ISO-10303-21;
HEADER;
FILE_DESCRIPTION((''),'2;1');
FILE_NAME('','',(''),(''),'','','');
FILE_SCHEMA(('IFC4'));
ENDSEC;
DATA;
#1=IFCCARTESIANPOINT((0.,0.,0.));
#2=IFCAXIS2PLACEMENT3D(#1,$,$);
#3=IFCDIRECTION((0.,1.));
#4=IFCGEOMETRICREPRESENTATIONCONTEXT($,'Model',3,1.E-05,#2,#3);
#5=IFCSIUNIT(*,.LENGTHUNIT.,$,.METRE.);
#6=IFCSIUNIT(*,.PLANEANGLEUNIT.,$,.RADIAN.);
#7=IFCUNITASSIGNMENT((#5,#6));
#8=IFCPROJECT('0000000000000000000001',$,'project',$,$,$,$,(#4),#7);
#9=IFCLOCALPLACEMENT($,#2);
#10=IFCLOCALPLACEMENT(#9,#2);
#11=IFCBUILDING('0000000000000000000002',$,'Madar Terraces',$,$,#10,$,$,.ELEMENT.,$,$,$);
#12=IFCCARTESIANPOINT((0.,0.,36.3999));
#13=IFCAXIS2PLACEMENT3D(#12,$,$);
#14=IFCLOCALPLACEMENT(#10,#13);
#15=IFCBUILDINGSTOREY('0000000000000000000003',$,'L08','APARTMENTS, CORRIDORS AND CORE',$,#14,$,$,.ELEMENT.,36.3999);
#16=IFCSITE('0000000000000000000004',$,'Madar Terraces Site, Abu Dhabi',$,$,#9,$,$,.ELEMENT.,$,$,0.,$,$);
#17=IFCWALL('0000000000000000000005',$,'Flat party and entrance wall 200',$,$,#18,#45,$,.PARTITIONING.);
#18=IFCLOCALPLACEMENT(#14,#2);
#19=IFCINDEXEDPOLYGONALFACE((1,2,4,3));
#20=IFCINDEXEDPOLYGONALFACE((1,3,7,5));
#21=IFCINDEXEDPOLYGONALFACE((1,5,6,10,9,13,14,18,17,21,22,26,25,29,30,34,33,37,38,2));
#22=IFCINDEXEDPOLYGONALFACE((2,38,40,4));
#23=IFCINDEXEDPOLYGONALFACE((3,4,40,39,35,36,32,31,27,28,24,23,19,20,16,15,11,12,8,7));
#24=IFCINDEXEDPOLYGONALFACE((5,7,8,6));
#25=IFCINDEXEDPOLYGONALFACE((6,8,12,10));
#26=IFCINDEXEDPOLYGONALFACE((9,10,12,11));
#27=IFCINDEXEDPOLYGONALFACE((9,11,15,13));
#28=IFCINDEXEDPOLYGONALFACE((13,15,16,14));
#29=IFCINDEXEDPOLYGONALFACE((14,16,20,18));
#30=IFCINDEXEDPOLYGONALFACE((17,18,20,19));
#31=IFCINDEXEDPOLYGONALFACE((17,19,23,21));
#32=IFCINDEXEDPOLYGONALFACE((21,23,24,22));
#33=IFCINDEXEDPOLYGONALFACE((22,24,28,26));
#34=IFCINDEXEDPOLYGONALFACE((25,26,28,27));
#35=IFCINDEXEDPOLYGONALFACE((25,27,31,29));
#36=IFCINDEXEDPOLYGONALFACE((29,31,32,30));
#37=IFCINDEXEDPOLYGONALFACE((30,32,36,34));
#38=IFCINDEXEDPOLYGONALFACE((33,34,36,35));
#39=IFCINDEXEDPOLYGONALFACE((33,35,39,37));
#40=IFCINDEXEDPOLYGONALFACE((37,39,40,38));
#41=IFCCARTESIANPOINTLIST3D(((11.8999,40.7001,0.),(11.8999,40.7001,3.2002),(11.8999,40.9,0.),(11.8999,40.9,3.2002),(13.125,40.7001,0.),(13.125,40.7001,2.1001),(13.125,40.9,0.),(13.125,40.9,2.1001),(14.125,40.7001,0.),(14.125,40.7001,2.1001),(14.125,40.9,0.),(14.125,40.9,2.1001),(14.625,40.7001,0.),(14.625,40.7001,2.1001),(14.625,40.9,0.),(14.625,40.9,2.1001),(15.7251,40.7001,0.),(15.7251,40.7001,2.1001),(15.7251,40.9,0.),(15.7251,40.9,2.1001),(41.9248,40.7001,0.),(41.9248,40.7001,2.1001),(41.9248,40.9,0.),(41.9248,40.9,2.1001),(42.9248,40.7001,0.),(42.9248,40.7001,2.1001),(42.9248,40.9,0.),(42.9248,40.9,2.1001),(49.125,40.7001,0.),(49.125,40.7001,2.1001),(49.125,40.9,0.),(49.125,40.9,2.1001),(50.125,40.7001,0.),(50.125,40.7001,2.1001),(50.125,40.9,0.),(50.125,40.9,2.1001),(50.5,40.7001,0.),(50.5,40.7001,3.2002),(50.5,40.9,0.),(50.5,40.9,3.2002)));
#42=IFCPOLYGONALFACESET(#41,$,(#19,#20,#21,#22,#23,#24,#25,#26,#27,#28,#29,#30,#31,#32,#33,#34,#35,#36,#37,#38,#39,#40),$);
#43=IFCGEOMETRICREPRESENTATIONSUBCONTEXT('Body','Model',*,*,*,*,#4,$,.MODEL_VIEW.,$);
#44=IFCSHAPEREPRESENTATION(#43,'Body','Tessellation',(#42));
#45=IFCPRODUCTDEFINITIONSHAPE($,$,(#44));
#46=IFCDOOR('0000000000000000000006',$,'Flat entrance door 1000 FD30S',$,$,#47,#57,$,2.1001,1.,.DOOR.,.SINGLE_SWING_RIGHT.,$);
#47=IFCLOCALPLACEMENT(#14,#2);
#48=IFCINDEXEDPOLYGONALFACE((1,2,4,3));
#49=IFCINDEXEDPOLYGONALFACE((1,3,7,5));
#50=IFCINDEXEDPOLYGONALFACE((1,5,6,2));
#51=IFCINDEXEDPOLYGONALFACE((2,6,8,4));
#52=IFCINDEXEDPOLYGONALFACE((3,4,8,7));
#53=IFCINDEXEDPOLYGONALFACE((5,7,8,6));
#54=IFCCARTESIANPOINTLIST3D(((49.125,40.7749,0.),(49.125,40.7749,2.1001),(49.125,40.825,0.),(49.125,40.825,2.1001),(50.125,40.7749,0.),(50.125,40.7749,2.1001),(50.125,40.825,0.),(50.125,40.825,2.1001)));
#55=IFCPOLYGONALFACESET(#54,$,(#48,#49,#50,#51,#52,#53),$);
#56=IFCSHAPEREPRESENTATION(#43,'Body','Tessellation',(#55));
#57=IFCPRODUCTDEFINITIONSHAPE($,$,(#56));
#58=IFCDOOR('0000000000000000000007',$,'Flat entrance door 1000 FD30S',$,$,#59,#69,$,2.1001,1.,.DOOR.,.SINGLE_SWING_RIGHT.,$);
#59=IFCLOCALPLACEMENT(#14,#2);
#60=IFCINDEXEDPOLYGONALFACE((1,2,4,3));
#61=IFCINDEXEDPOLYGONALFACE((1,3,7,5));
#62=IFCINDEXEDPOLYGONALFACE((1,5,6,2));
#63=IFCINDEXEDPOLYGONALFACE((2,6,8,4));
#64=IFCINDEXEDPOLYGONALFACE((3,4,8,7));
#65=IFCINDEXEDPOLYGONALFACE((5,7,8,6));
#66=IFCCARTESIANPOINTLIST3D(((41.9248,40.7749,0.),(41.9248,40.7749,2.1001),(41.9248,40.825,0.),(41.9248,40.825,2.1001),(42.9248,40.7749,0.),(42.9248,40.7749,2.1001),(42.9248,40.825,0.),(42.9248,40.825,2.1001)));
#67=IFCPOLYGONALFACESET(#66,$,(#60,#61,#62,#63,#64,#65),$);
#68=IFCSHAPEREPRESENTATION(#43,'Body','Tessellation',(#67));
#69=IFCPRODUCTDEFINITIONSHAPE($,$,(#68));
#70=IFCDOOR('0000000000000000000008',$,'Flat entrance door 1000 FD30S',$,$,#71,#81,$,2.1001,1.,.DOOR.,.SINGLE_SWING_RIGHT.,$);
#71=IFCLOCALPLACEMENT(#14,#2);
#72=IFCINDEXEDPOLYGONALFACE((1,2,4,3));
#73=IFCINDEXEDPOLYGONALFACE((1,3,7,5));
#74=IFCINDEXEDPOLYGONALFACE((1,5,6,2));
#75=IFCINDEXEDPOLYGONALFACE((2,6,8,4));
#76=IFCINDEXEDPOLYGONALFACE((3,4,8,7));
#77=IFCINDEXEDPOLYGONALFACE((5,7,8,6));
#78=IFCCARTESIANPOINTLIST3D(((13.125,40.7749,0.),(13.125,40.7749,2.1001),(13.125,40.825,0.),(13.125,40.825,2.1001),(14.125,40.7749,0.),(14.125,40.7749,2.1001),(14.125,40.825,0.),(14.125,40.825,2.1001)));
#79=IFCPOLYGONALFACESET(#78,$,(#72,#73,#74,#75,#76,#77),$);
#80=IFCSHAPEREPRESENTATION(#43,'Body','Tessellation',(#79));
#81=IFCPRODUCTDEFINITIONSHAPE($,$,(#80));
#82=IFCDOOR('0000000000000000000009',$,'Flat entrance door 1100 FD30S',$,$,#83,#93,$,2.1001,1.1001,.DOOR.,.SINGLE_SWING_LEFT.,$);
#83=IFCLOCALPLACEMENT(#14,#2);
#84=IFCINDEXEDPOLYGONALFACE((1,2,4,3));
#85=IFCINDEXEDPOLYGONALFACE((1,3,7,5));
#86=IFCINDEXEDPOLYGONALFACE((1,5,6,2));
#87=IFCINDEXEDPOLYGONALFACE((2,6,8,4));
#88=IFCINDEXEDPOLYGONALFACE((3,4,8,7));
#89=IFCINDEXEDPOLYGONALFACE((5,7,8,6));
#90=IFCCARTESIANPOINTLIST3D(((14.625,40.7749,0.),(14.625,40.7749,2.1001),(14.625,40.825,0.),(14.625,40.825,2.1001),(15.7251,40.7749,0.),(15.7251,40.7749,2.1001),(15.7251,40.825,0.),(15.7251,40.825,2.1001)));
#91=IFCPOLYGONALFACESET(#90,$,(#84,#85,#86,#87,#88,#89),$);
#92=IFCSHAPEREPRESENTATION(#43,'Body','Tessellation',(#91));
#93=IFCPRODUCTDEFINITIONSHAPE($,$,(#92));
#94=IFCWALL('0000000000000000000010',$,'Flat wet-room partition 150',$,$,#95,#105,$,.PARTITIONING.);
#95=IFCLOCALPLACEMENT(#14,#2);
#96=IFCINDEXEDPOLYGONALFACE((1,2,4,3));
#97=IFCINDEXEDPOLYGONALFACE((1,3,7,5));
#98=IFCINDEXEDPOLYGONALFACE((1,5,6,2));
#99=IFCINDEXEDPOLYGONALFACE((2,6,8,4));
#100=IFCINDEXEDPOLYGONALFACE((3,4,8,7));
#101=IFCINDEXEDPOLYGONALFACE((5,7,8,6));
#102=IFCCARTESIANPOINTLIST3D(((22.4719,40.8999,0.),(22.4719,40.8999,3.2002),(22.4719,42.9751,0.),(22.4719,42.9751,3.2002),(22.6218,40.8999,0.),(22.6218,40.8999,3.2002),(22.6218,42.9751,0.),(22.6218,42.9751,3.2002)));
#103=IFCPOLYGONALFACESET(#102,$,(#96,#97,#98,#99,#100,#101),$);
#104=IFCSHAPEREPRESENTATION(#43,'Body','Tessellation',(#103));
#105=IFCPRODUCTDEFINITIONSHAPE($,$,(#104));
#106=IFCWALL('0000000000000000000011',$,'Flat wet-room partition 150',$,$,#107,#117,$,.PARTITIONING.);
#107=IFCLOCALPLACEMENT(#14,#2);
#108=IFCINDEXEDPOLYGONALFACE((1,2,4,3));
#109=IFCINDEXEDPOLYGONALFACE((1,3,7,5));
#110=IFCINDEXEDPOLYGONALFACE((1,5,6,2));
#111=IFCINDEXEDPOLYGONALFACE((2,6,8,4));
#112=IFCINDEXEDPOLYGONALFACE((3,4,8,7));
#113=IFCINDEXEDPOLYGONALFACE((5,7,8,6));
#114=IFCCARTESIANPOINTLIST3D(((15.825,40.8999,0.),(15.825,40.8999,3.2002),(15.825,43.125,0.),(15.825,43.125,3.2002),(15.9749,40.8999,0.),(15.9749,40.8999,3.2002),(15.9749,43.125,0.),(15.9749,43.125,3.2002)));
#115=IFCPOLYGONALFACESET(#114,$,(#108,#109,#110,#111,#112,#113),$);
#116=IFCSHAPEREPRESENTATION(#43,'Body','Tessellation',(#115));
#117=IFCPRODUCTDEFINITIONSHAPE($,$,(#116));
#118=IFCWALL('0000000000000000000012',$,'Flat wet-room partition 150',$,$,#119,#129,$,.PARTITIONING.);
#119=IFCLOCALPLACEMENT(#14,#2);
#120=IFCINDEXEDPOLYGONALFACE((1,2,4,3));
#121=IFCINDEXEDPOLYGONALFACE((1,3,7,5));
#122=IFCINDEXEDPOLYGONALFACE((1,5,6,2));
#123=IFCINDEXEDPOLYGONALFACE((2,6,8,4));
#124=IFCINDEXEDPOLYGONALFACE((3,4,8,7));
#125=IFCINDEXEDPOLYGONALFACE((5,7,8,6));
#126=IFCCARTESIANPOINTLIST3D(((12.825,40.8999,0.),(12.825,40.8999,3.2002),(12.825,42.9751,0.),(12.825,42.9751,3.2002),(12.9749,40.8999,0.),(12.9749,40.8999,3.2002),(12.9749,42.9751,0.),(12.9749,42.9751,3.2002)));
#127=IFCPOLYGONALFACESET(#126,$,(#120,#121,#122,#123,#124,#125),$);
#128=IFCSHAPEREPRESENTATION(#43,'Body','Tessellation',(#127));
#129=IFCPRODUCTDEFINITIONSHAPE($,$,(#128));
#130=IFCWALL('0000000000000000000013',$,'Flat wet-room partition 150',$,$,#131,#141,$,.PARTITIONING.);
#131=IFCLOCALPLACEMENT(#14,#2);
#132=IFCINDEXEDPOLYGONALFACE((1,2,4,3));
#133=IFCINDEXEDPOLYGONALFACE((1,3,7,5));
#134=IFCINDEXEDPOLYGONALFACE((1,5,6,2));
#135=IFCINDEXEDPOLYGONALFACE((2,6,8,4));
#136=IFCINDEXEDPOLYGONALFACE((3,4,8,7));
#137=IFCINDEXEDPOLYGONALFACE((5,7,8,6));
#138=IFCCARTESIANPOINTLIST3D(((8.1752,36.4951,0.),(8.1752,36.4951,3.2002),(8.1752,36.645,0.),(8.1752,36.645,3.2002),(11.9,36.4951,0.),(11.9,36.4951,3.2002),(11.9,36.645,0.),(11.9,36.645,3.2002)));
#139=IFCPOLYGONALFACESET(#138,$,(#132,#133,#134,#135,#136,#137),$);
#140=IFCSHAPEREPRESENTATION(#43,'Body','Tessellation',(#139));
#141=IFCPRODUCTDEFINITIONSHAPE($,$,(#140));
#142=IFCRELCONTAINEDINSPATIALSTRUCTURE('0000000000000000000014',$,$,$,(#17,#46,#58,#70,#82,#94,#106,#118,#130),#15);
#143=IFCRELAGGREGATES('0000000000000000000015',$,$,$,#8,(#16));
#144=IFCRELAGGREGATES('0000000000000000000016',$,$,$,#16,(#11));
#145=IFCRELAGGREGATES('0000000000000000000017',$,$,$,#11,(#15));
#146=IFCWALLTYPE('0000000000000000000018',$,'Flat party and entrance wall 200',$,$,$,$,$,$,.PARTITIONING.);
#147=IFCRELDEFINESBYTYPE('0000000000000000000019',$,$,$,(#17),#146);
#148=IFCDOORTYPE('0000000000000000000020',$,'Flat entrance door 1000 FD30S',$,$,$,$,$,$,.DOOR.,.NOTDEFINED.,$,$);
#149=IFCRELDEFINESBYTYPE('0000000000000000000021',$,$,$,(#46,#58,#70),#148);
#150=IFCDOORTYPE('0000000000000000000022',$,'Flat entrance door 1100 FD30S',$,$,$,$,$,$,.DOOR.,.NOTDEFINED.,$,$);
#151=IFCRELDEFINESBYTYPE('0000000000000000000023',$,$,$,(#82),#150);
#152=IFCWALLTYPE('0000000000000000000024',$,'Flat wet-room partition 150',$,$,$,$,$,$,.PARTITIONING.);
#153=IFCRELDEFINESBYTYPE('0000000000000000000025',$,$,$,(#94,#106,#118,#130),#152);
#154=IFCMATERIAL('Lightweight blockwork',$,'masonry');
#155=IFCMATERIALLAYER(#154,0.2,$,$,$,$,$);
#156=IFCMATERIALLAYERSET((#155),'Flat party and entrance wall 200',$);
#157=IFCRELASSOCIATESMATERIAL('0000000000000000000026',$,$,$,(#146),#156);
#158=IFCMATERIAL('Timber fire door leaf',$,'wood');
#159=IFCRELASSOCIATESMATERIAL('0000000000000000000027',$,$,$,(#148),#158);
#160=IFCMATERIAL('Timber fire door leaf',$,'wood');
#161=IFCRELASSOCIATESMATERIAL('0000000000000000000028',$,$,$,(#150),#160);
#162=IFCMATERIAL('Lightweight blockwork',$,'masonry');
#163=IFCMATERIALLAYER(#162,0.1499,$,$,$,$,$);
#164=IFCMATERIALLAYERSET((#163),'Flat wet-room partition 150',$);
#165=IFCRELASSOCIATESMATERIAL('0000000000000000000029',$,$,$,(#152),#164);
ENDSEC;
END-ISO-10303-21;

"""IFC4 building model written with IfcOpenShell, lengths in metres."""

from ifc_helpers import new_model, si_unit, direction, frame, frame_2d, origin, place, context, subcontext, project, spatial, rectangle, extrude, material, layer, layer_set, type_object, element, fill, save


model = new_model("IFC4")

# Units and contexts
model_context = context("Model", 3, precision=1e-05, world=origin(), true_north=direction((0.0, 1.0)))
body_context = subcontext(model_context, "Body", "Model", "MODEL_VIEW")
ifc_project = project(units=[si_unit("LENGTHUNIT", "METRE"), si_unit("PLANEANGLEUNIT", "RADIAN")], contexts=[model_context])

# Site, building, storey
site_placement = place(None, origin())
site = spatial("IfcSite", under=ifc_project, at=site_placement, Name="Madar Terraces Site, Abu Dhabi", CompositionType="ELEMENT", RefElevation=0.0)
building_placement = place(site_placement, origin())
building = spatial("IfcBuilding", under=site, at=building_placement, Name="Madar Terraces", CompositionType="ELEMENT")
storey_placement = place(building_placement, frame((0.0, 0.0, 36.3999)))
storey = spatial("IfcBuildingStorey", under=building, at=storey_placement, Name="L08", Description="APARTMENTS, CORRIDORS AND CORE", CompositionType="ELEMENT", Elevation=36.3999)

# Wall, openings, doors
ifc_material_1 = material(Name="Lightweight blockwork", Category="masonry")
ifc_layer_1 = layer(ifc_material_1, 0.2)
ifc_layer_set_1 = layer_set([ifc_layer_1], Name="Flat party and entrance wall 200")
wall_type_1 = type_object("IfcWallType", Name="Flat party and entrance wall 200", PredefinedType="PARTITIONING", material=ifc_layer_set_1)
wall_1_placement = place(storey_placement, frame((11.8999, 40.8, 0.0), z_axis=(0.0, 0.0, 1.0), x_axis=(1.0, 0.0, 0.0)))
wall_1 = element("IfcWall", 1, at=wall_1_placement, inside=storey, type_object=wall_type_1, Name="Flat party and entrance wall 200", PredefinedType="PARTITIONING", context=body_context, shape_type="SweptSolid", body=[
    extrude(rectangle(XDim=38.6001, YDim=0.2, at=frame_2d((19.3, 0.0))), origin(), (0.0, 0.0, 1.0), 3.2002),
])
opening_1_placement = place(wall_1_placement, frame((37.2251, 0.0, 0.0)))
opening_1 = element("IfcOpeningElement", 2, at=opening_1_placement, cuts=wall_1, PredefinedType="OPENING", context=body_context, shape_type="SweptSolid", body=[
    extrude(rectangle(XDim=1.0, YDim=2.1001, at=frame_2d((0.5, 1.05))), frame((0.0, 0.1099, 0.0), z_axis=(0.0, -1.0, 0.0), x_axis=(1.0, 0.0, 0.0)), (0.0, 0.0, 1.0), 0.22),
])
opening_2_placement = place(wall_1_placement, frame((30.0249, 0.0, 0.0)))
opening_2 = element("IfcOpeningElement", 3, at=opening_2_placement, cuts=wall_1, PredefinedType="OPENING", context=body_context, shape_type="SweptSolid", body=[
    extrude(rectangle(XDim=1.0, YDim=2.1001, at=frame_2d((0.5, 1.05))), frame((0.0, 0.1099, 0.0), z_axis=(0.0, -1.0, 0.0), x_axis=(1.0, 0.0, 0.0)), (0.0, 0.0, 1.0), 0.22),
])
opening_3_placement = place(wall_1_placement, frame((2.7251, 0.0, 0.0)))
opening_3 = element("IfcOpeningElement", 4, at=opening_3_placement, cuts=wall_1, PredefinedType="OPENING", context=body_context, shape_type="SweptSolid", body=[
    extrude(rectangle(XDim=1.1001, YDim=2.1001, at=frame_2d((0.55, 1.05))), frame((0.0, 0.1099, 0.0), z_axis=(0.0, -1.0, 0.0), x_axis=(1.0, 0.0, 0.0)), (0.0, 0.0, 1.0), 0.22),
])
opening_4_placement = place(wall_1_placement, frame((1.2251, 0.0, 0.0)))
opening_4 = element("IfcOpeningElement", 5, at=opening_4_placement, cuts=wall_1, PredefinedType="OPENING", context=body_context, shape_type="SweptSolid", body=[
    extrude(rectangle(XDim=1.0, YDim=2.1001, at=frame_2d((0.5, 1.05))), frame((0.0, 0.1099, 0.0), z_axis=(0.0, -1.0, 0.0), x_axis=(1.0, 0.0, 0.0)), (0.0, 0.0, 1.0), 0.22),
])
ifc_material_2 = material(Name="Timber fire door leaf", Category="wood")
door_type_1 = type_object("IfcDoorType", Name="Flat entrance door 1000 FD30S", OperationType="NOTDEFINED", PredefinedType="DOOR", material=ifc_material_2)
door_1_placement = place(opening_1_placement, origin())
door_1 = element("IfcDoor", 6, at=door_1_placement, inside=storey, type_object=door_type_1, Name="Flat entrance door 1000 FD30S", OperationType="SINGLE_SWING_RIGHT", OverallHeight=2.1001, OverallWidth=1.0, PredefinedType="DOOR", context=body_context, shape_type="SweptSolid", body=[
    extrude(rectangle(XDim=1.0, YDim=2.1001, at=frame_2d((0.5, 1.05))), frame((0.0, 0.0249, 0.0), z_axis=(0.0, -1.0, 0.0), x_axis=(1.0, 0.0, 0.0)), (0.0, 0.0, 1.0), 0.05),
])
fill(opening_1, door_1)
door_2_placement = place(opening_2_placement, origin())
door_2 = element("IfcDoor", 7, at=door_2_placement, inside=storey, type_object=door_type_1, Name="Flat entrance door 1000 FD30S", OperationType="SINGLE_SWING_RIGHT", OverallHeight=2.1001, OverallWidth=1.0, PredefinedType="DOOR", context=body_context, shape_type="SweptSolid", body=[
    extrude(rectangle(XDim=1.0, YDim=2.1001, at=frame_2d((0.5, 1.05))), frame((0.0, 0.0249, 0.0), z_axis=(0.0, -1.0, 0.0), x_axis=(1.0, 0.0, 0.0)), (0.0, 0.0, 1.0), 0.05),
])
fill(opening_2, door_2)
door_3_placement = place(opening_4_placement, origin())
door_3 = element("IfcDoor", 8, at=door_3_placement, inside=storey, type_object=door_type_1, Name="Flat entrance door 1000 FD30S", OperationType="SINGLE_SWING_RIGHT", OverallHeight=2.1001, OverallWidth=1.0, PredefinedType="DOOR", context=body_context, shape_type="SweptSolid", body=[
    extrude(rectangle(XDim=1.0, YDim=2.1001, at=frame_2d((0.5, 1.05))), frame((0.0, 0.0249, 0.0), z_axis=(0.0, -1.0, 0.0), x_axis=(1.0, 0.0, 0.0)), (0.0, 0.0, 1.0), 0.05),
])
fill(opening_4, door_3)
ifc_material_3 = material(Name="Timber fire door leaf", Category="wood")
door_type_2 = type_object("IfcDoorType", Name="Flat entrance door 1100 FD30S", OperationType="NOTDEFINED", PredefinedType="DOOR", material=ifc_material_3)
door_4_placement = place(opening_3_placement, origin())
door_4 = element("IfcDoor", 9, at=door_4_placement, inside=storey, type_object=door_type_2, Name="Flat entrance door 1100 FD30S", OperationType="SINGLE_SWING_LEFT", OverallHeight=2.1001, OverallWidth=1.1001, PredefinedType="DOOR", context=body_context, shape_type="SweptSolid", body=[
    extrude(rectangle(XDim=1.1001, YDim=2.1001, at=frame_2d((0.55, 1.05))), frame((0.0, 0.0249, 0.0), z_axis=(0.0, -1.0, 0.0), x_axis=(1.0, 0.0, 0.0)), (0.0, 0.0, 1.0), 0.05),
])
fill(opening_3, door_4)

# Walls
ifc_material_4 = material(Name="Lightweight blockwork", Category="masonry")
ifc_layer_2 = layer(ifc_material_4, 0.1499)
ifc_layer_set_2 = layer_set([ifc_layer_2], Name="Flat wet-room partition 150")
wall_type_2 = type_object("IfcWallType", Name="Flat wet-room partition 150", PredefinedType="PARTITIONING", material=ifc_layer_set_2)
wall_2_placement = place(storey_placement, frame((22.5469, 40.8999, 0.0), z_axis=(0.0, 0.0, 1.0), x_axis=(0.0, 1.0, 0.0)))
element("IfcWall", 10, at=wall_2_placement, inside=storey, type_object=wall_type_2, Name="Flat wet-room partition 150", PredefinedType="PARTITIONING", context=body_context, shape_type="SweptSolid", body=[
    extrude(rectangle(XDim=2.0752, YDim=0.1499, at=frame_2d((1.0376, 0.0))), origin(), (0.0, 0.0, 1.0), 3.2002),
])
wall_3_placement = place(storey_placement, frame((15.8999, 40.8999, 0.0), z_axis=(0.0, 0.0, 1.0), x_axis=(0.0, 1.0, 0.0)))
element("IfcWall", 11, at=wall_3_placement, inside=storey, type_object=wall_type_2, Name="Flat wet-room partition 150", PredefinedType="PARTITIONING", context=body_context, shape_type="SweptSolid", body=[
    extrude(rectangle(XDim=2.2251, YDim=0.1499, at=frame_2d((1.1125, 0.0))), origin(), (0.0, 0.0, 1.0), 3.2002),
])
wall_4_placement = place(storey_placement, frame((12.8999, 40.8999, 0.0), z_axis=(0.0, 0.0, 1.0), x_axis=(0.0, 1.0, 0.0)))
element("IfcWall", 12, at=wall_4_placement, inside=storey, type_object=wall_type_2, Name="Flat wet-room partition 150", PredefinedType="PARTITIONING", context=body_context, shape_type="SweptSolid", body=[
    extrude(rectangle(XDim=2.0752, YDim=0.1499, at=frame_2d((1.0376, 0.0))), origin(), (0.0, 0.0, 1.0), 3.2002),
])
wall_5_placement = place(storey_placement, frame((11.8999, 36.5701, 0.0), z_axis=(0.0, 0.0, 1.0), x_axis=(-1.0, 0.0, 0.0)))
element("IfcWall", 13, at=wall_5_placement, inside=storey, type_object=wall_type_2, Name="Flat wet-room partition 150", PredefinedType="PARTITIONING", context=body_context, shape_type="SweptSolid", body=[
    extrude(rectangle(XDim=3.7249, YDim=0.1499, at=frame_2d((1.8623, 0.0))), origin(), (0.0, 0.0, 1.0), 3.2002),
])

save(model, "model.ifc")
